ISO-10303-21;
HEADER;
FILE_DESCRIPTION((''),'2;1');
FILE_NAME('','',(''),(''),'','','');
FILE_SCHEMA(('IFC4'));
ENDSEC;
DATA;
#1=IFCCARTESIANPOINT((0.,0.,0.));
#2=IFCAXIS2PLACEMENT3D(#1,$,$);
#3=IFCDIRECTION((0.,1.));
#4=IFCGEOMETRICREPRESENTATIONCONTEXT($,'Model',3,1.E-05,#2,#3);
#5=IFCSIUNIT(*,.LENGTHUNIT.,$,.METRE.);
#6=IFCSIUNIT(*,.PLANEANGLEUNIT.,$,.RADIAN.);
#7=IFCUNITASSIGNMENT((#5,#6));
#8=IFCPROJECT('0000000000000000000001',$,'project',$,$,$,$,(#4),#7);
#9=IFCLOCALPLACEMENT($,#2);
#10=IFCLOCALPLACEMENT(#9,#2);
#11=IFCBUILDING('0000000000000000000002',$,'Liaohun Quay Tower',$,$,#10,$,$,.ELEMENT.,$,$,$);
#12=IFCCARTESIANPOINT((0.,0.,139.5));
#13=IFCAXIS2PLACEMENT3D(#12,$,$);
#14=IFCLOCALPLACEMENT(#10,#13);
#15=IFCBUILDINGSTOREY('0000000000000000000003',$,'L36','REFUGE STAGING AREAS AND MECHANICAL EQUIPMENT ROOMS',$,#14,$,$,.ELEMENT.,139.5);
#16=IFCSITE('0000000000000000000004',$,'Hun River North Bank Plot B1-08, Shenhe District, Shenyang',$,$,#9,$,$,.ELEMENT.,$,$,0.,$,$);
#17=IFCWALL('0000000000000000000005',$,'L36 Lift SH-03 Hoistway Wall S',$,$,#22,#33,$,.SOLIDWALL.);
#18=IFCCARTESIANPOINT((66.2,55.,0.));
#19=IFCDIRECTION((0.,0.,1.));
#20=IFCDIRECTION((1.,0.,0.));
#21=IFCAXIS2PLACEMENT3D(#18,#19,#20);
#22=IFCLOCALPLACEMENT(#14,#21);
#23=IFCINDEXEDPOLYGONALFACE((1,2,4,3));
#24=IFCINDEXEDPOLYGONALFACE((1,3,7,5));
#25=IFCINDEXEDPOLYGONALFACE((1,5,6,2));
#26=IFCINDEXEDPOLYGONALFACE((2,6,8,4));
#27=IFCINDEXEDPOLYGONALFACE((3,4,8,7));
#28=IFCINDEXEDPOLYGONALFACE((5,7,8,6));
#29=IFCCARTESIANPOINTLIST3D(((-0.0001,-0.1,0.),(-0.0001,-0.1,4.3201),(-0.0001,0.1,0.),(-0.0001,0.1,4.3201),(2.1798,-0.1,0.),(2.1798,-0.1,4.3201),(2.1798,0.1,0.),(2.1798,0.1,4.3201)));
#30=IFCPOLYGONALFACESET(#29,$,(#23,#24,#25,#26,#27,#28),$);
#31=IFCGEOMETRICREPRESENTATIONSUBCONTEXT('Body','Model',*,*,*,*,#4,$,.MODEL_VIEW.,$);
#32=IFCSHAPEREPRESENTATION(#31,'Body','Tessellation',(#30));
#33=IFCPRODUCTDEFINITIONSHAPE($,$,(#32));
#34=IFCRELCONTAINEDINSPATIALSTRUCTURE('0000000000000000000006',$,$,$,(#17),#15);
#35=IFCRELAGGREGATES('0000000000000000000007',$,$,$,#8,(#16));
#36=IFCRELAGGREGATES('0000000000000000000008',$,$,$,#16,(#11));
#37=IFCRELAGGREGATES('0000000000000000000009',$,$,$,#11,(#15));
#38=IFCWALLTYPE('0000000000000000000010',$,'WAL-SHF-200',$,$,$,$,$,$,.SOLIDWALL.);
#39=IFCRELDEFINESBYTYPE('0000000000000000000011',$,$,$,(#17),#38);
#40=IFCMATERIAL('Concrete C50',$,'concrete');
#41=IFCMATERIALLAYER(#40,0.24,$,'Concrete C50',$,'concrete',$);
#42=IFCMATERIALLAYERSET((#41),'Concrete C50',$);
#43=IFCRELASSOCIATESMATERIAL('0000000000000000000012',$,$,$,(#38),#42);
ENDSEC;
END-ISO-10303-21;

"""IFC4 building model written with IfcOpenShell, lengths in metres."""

from ifc_helpers import new_model, si_unit, direction, frame, frame_2d, origin, place, context, subcontext, project, spatial, rectangle, extrude, material, layer, layer_set, type_object, element, save


model = new_model("IFC4")

# Units and contexts
model_context = context("Model", 3, precision=1e-05, world=origin(), true_north=direction((0.0, 1.0)))
body_context = subcontext(model_context, "Body", "Model", "MODEL_VIEW")
ifc_project = project(units=[si_unit("LENGTHUNIT", "METRE"), si_unit("PLANEANGLEUNIT", "RADIAN")], contexts=[model_context])

# Site, building, storey
site_placement = place(None, origin())
site = spatial("IfcSite", under=ifc_project, at=site_placement, Name="Hun River North Bank Plot B1-08, Shenhe District, Shenyang", CompositionType="ELEMENT", RefElevation=0.0)
building_placement = place(site_placement, origin())
building = spatial("IfcBuilding", under=site, at=building_placement, Name="Liaohun Quay Tower", CompositionType="ELEMENT")
storey_placement = place(building_placement, frame((0.0, 0.0, 139.5)))
storey = spatial("IfcBuildingStorey", under=building, at=storey_placement, Name="L36", Description="REFUGE STAGING AREAS AND MECHANICAL EQUIPMENT ROOMS", CompositionType="ELEMENT", Elevation=139.5)

# Shared definitions
ifc_material_1 = material(Name="Concrete C50", Category="concrete")
ifc_layer_1 = layer(ifc_material_1, 0.24, Name="Concrete C50", Category="concrete")
ifc_layer_set_1 = layer_set([ifc_layer_1], Name="Concrete C50")
wall_type_1 = type_object("IfcWallType", Name="WAL-SHF-200", PredefinedType="SOLIDWALL", material=ifc_layer_set_1)

# Wall
wall_1_placement = place(storey_placement, frame((66.2, 55.0, 0.0), z_axis=(0.0, 0.0, 1.0), x_axis=(1.0, 0.0, 0.0)))
element("IfcWall", 1, at=wall_1_placement, inside=storey, type_object=wall_type_1, Name="L36 Lift SH-03 Hoistway Wall S", PredefinedType="SOLIDWALL", context=body_context, shape_type="SweptSolid", body=[
    extrude(rectangle(XDim=2.1799, YDim=0.2, at=frame_2d((1.0898, 0.0))), origin(), (0.0, 0.0, 1.0), 4.3201),
])

save(model, "model.ifc")
